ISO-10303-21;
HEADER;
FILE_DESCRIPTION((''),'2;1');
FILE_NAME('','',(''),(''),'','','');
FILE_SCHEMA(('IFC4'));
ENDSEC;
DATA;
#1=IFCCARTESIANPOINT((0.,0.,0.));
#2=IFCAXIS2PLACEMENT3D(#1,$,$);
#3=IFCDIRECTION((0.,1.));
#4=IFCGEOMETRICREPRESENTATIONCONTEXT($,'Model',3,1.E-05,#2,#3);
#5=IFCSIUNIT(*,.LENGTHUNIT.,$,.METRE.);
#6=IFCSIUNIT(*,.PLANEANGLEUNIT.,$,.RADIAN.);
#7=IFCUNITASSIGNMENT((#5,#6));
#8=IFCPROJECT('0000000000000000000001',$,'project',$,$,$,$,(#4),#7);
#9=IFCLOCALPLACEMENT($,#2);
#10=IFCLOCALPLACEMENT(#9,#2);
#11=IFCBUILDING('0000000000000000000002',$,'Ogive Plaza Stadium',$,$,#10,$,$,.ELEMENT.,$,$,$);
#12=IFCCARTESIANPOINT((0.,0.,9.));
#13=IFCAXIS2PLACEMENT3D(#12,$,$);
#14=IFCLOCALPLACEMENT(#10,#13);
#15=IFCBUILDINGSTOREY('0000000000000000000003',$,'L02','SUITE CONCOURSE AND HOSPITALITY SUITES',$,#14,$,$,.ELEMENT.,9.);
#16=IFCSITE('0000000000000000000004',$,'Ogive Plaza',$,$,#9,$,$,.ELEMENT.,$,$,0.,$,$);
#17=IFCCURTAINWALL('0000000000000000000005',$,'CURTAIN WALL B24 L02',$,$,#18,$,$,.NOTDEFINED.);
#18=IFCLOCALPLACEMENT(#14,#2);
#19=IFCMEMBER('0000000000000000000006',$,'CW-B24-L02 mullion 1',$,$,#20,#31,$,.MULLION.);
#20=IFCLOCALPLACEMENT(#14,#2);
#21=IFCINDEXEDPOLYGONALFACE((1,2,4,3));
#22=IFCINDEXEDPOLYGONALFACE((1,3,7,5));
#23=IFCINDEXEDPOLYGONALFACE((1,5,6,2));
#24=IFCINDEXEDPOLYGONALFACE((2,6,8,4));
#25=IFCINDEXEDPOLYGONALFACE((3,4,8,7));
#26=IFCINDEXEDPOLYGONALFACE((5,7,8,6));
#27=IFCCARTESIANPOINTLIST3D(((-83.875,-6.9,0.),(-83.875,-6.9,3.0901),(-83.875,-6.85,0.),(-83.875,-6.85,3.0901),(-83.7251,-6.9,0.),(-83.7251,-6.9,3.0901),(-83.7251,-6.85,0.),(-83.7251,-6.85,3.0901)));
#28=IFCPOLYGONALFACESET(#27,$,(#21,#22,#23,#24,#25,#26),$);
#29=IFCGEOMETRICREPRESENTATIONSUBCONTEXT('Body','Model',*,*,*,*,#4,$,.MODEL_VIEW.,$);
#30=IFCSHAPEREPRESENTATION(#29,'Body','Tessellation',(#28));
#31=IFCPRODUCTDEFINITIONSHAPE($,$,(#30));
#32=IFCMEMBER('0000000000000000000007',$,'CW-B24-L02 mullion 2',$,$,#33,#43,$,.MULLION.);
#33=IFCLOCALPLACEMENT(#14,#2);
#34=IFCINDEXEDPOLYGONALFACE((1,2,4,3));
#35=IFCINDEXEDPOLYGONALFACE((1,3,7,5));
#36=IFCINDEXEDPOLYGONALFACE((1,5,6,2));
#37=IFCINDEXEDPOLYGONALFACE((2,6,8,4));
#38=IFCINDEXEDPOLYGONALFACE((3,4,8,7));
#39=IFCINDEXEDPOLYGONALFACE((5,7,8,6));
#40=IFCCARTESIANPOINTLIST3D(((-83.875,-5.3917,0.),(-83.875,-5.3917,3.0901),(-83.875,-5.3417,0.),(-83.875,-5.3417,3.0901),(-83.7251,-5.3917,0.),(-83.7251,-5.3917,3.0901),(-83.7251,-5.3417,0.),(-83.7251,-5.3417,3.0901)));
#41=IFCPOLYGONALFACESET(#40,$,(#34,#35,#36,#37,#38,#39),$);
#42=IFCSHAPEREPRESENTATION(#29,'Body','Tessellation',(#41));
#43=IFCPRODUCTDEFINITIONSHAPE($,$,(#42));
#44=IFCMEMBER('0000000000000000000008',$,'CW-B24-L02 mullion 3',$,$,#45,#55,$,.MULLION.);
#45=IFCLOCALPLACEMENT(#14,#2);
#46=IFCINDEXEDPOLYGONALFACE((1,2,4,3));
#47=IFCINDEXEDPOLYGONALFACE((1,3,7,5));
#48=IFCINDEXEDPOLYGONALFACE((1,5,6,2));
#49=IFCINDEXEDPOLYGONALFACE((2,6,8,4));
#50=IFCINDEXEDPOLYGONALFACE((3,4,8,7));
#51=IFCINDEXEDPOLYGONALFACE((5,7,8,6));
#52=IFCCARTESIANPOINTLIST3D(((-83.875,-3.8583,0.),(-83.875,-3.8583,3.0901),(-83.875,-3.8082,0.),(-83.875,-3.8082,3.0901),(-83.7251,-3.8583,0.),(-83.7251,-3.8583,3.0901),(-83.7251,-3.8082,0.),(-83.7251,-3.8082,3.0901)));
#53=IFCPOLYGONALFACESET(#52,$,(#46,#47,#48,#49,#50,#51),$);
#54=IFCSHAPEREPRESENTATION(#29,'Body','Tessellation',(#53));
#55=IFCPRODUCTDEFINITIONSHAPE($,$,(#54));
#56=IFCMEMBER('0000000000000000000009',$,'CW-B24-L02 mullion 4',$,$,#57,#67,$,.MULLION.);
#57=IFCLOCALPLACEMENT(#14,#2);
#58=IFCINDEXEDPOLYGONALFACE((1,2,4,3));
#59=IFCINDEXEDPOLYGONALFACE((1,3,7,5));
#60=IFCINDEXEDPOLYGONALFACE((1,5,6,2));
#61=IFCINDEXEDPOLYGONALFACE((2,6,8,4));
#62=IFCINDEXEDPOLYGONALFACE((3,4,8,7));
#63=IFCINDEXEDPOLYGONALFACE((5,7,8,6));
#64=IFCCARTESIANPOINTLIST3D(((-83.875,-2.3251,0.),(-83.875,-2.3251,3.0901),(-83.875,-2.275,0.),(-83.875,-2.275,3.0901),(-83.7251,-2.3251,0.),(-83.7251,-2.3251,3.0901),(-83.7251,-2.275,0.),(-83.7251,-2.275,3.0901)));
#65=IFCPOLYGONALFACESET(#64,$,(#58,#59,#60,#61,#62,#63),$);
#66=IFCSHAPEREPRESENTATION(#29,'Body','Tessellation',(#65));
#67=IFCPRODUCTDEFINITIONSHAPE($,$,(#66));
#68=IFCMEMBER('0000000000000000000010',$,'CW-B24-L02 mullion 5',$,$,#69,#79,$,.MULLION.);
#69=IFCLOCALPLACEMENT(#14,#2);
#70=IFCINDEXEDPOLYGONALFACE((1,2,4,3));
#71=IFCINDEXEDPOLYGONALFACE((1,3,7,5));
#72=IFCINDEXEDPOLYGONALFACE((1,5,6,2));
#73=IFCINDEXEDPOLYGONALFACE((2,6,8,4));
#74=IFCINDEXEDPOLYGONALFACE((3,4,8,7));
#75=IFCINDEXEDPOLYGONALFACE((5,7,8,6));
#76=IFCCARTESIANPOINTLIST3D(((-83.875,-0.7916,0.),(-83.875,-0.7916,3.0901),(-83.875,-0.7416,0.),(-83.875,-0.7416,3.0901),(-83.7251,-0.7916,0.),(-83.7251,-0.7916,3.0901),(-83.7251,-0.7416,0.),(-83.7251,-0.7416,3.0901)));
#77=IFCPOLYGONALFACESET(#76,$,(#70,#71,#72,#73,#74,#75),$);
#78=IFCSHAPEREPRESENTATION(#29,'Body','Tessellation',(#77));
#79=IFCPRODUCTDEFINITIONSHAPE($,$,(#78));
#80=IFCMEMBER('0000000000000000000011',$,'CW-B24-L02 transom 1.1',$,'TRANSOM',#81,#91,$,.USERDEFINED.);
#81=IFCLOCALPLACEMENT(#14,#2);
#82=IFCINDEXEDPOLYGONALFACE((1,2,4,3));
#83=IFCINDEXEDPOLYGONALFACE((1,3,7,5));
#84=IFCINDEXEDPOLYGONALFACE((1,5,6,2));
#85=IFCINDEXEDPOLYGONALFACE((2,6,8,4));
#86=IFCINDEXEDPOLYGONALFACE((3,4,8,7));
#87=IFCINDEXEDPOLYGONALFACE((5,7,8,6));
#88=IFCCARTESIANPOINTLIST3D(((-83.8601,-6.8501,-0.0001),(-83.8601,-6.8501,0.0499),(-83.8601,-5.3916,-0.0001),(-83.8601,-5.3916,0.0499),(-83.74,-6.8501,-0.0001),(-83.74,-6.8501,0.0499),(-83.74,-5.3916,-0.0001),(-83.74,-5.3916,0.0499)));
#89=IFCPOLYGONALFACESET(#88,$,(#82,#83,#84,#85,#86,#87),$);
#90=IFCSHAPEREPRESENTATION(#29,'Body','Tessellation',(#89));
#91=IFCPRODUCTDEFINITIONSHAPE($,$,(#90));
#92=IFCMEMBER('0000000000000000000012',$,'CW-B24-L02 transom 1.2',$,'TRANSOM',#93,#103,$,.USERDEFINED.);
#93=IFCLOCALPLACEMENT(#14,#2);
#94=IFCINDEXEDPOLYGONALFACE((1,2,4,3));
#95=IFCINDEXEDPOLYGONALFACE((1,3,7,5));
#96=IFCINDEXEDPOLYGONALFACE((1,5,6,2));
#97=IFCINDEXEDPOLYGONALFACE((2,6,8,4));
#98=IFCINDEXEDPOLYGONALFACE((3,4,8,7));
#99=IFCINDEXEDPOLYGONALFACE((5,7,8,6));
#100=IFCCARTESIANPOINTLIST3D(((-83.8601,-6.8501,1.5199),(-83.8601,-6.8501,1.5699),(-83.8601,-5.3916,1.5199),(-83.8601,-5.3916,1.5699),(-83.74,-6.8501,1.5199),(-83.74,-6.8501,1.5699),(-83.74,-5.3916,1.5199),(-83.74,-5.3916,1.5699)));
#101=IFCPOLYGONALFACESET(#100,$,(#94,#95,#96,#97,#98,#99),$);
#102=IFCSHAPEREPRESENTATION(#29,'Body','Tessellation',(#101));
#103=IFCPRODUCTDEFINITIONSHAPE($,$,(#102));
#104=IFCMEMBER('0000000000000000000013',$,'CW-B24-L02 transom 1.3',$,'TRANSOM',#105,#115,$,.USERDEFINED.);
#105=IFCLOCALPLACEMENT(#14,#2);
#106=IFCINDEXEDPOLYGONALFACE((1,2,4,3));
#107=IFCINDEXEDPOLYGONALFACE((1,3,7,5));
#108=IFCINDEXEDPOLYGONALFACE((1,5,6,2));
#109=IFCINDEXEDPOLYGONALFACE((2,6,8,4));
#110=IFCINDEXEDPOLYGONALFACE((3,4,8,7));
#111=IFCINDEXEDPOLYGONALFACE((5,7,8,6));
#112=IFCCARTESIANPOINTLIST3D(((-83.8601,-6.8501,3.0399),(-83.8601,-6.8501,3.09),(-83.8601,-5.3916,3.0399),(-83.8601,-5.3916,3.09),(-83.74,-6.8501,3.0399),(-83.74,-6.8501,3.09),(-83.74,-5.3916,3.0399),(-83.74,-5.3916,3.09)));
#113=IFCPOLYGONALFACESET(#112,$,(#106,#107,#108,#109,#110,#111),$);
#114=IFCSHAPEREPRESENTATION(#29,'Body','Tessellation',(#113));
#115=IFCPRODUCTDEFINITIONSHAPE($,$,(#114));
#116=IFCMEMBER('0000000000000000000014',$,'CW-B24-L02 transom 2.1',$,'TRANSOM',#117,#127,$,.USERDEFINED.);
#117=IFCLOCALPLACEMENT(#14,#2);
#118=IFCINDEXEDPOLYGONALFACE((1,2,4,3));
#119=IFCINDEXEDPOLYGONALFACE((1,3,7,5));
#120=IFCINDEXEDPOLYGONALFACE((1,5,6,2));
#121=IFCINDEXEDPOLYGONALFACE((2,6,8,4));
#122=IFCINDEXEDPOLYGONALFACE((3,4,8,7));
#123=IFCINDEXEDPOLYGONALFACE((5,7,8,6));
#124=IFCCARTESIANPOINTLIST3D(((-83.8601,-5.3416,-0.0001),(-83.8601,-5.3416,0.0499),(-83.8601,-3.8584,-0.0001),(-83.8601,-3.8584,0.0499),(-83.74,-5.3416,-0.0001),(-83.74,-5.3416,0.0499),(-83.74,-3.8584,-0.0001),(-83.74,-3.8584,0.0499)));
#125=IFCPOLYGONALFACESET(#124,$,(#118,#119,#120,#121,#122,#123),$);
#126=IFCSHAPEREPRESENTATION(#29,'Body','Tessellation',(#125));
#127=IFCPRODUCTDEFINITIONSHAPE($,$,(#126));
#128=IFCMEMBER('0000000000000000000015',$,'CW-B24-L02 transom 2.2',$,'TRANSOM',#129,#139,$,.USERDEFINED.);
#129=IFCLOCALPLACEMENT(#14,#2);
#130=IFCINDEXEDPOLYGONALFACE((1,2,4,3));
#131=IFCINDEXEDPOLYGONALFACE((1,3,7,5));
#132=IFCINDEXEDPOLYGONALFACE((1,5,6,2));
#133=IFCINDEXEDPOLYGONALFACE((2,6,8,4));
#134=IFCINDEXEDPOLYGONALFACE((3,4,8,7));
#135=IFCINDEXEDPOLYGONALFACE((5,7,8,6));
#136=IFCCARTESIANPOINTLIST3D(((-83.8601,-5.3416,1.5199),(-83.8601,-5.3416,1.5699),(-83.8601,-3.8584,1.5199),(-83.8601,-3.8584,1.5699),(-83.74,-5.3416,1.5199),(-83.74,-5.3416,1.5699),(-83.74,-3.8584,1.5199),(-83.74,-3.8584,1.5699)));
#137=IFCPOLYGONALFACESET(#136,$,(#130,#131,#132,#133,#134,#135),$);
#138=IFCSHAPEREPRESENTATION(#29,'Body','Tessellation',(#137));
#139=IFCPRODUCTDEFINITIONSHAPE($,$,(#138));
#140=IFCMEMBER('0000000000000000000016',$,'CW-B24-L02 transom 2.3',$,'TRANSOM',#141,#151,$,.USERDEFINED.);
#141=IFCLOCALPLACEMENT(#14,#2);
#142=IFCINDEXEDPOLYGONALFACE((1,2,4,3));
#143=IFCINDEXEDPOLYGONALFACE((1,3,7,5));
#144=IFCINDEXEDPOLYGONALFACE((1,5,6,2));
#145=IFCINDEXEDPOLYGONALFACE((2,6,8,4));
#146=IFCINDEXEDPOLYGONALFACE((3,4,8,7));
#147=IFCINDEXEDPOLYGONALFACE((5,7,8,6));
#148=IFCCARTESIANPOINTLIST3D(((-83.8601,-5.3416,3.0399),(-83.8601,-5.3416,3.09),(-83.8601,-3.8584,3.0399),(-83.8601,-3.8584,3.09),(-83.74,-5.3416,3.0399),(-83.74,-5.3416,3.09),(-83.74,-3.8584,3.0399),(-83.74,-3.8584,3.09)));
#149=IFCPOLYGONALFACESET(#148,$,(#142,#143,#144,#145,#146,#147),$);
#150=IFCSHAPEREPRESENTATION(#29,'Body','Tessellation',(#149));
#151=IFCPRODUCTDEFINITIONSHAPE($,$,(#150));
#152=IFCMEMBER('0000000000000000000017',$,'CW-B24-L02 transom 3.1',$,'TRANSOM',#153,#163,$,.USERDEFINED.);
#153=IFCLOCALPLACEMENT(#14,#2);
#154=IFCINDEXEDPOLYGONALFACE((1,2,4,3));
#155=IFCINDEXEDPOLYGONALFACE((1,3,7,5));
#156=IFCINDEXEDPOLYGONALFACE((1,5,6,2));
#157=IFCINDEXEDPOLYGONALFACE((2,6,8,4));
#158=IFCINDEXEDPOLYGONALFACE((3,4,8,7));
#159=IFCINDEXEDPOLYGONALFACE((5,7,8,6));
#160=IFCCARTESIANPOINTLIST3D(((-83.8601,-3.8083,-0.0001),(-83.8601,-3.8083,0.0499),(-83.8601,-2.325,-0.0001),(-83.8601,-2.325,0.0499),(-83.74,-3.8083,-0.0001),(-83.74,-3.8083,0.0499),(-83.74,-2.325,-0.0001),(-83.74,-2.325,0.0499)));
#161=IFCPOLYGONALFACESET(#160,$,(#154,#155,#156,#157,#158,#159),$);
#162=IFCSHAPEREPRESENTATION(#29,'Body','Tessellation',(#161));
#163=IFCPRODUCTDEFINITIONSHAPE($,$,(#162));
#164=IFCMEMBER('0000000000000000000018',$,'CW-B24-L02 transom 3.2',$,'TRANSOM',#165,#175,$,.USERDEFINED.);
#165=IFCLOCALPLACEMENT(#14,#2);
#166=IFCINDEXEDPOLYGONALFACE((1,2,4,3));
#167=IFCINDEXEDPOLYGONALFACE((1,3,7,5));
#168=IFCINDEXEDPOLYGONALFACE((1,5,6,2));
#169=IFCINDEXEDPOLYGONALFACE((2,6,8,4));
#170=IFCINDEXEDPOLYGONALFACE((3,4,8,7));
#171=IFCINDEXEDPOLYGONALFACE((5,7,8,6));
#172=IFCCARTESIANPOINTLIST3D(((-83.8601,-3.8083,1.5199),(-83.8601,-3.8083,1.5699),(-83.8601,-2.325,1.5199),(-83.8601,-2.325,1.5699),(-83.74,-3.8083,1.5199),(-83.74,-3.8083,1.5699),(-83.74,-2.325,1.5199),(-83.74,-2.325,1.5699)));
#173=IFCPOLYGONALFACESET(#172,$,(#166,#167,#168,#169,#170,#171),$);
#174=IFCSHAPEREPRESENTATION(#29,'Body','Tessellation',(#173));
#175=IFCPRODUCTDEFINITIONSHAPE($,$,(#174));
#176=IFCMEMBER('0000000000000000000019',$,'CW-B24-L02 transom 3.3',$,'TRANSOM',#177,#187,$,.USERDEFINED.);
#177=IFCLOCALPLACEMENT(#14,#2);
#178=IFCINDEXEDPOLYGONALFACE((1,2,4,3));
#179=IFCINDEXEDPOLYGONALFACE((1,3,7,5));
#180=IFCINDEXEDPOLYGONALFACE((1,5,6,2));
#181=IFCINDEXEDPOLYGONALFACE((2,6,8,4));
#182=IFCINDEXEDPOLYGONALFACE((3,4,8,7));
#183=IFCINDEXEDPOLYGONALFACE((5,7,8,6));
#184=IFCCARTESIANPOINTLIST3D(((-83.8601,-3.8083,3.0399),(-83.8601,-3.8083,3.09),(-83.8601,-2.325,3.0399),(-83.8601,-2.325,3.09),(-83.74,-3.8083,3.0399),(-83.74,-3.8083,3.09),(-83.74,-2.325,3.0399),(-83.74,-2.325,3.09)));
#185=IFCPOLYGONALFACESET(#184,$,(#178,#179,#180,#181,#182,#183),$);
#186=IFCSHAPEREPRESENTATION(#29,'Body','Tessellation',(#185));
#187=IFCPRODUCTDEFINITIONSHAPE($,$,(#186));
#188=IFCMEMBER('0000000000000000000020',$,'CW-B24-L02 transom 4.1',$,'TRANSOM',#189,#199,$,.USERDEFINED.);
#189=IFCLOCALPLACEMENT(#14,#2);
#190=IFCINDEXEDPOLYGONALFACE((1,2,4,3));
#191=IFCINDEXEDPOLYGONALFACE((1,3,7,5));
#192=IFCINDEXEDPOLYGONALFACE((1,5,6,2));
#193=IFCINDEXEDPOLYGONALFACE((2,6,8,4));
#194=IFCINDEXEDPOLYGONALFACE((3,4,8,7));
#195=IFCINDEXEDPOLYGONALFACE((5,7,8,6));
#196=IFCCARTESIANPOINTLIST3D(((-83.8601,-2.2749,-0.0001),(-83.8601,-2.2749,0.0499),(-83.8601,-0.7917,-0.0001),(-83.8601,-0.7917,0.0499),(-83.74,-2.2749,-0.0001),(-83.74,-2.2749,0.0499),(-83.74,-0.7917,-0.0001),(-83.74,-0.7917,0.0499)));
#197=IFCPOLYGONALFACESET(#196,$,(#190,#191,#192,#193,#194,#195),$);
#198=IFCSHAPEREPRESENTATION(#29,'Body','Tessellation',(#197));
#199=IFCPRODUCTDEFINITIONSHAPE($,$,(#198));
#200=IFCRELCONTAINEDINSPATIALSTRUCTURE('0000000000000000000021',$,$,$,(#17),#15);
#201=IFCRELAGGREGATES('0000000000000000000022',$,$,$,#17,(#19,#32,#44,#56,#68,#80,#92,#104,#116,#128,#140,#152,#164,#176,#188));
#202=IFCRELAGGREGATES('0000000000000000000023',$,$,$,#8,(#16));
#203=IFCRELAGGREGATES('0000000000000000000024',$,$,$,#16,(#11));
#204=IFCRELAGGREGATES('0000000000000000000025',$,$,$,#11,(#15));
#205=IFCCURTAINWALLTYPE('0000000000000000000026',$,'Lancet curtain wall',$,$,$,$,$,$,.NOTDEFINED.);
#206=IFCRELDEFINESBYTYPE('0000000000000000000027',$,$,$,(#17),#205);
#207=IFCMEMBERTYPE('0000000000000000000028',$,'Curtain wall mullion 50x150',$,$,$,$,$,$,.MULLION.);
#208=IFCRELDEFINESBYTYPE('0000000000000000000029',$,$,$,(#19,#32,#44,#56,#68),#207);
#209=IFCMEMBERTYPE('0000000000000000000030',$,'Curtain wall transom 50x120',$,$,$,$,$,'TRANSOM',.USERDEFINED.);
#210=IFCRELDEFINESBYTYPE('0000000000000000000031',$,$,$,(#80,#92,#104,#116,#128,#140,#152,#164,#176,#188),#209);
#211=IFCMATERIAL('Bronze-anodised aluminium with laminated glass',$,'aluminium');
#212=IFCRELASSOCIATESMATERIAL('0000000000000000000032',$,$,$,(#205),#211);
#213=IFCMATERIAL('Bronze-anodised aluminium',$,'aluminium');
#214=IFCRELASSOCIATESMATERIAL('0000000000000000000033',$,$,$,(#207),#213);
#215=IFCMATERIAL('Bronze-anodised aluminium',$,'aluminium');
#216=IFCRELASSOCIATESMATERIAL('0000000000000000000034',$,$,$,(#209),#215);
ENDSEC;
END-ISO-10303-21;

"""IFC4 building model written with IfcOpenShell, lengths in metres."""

from ifc_helpers import new_model, si_unit, direction, frame, origin, origin_2d, place, context, subcontext, project, spatial, rectangle, extrude, material, material_profile, profile_set, type_object, element, aggregate, save


model = new_model("IFC4")

# Units and contexts
model_context = context("Model", 3, precision=1e-05, world=origin(), true_north=direction((0.0, 1.0)))
body_context = subcontext(model_context, "Body", "Model", "MODEL_VIEW")
ifc_project = project(units=[si_unit("LENGTHUNIT", "METRE"), si_unit("PLANEANGLEUNIT", "RADIAN")], contexts=[model_context])

# Site, building, storey
site_placement = place(None, origin())
site = spatial("IfcSite", under=ifc_project, at=site_placement, Name="Ogive Plaza", CompositionType="ELEMENT", RefElevation=0.0)
building_placement = place(site_placement, origin())
building = spatial("IfcBuilding", under=site, at=building_placement, Name="Ogive Plaza Stadium", CompositionType="ELEMENT")
storey_placement = place(building_placement, frame((0.0, 0.0, 9.0)))
storey = spatial("IfcBuildingStorey", under=building, at=storey_placement, Name="L02", Description="SUITE CONCOURSE AND HOSPITALITY SUITES", CompositionType="ELEMENT", Elevation=9.0)

# Curtain wall, members
ifc_material_1 = material(Name="Bronze-anodised aluminium with laminated glass", Category="aluminium")
curtain_wall_type = type_object("IfcCurtainWallType", Name="Lancet curtain wall", PredefinedType="NOTDEFINED", material=ifc_material_1)
curtain_wall_placement = place(storey_placement, origin())
curtain_wall = element("IfcCurtainWall", 1, at=curtain_wall_placement, inside=storey, type_object=curtain_wall_type, Name="CURTAIN WALL B24 L02", PredefinedType="NOTDEFINED")
ifc_material_2 = material(Name="Bronze-anodised aluminium", Category="aluminium")
ifc_material_profile_1 = material_profile(ifc_material_2, rectangle(XDim=0.1499, YDim=0.05, at=origin_2d()), Name="AL 150x50")
ifc_profile_set_1 = profile_set([ifc_material_profile_1], Name="Bronze-anodised aluminium")
member_type_1 = type_object("IfcMemberType", Name="Curtain wall mullion 50x150", PredefinedType="MULLION", material=ifc_profile_set_1)
member_1_placement = place(storey_placement, frame((-83.8, -6.875, 0.0), z_axis=(0.0, 0.0, 1.0), x_axis=(-1.0, 0.0, 0.0)))
member_1 = element("IfcMember", 2, at=member_1_placement, type_object=member_type_1, Name="CW-B24-L02 mullion 1", PredefinedType="MULLION", context=body_context, shape_type="SweptSolid", body=[
    extrude(rectangle(XDim=0.1499, YDim=0.05, at=origin_2d()), origin(), (0.0, 0.0, 1.0), 3.0901),
])
member_2_placement = place(storey_placement, frame((-83.8, -5.3667, 0.0), z_axis=(0.0, 0.0, 1.0), x_axis=(-1.0, 0.0, 0.0)))
member_2 = element("IfcMember", 3, at=member_2_placement, type_object=member_type_1, Name="CW-B24-L02 mullion 2", PredefinedType="MULLION", context=body_context, shape_type="SweptSolid", body=[
    extrude(rectangle(XDim=0.1499, YDim=0.05, at=origin_2d()), origin(), (0.0, 0.0, 1.0), 3.0901),
])
member_3_placement = place(storey_placement, frame((-83.8, -3.8333, 0.0), z_axis=(0.0, 0.0, 1.0), x_axis=(-1.0, 0.0, 0.0)))
member_3 = element("IfcMember", 4, at=member_3_placement, type_object=member_type_1, Name="CW-B24-L02 mullion 3", PredefinedType="MULLION", context=body_context, shape_type="SweptSolid", body=[
    extrude(rectangle(XDim=0.1499, YDim=0.05, at=origin_2d()), origin(), (0.0, 0.0, 1.0), 3.0901),
])
member_4_placement = place(storey_placement, frame((-83.8, -2.3, 0.0), z_axis=(0.0, 0.0, 1.0), x_axis=(-1.0, 0.0, 0.0)))
member_4 = element("IfcMember", 5, at=member_4_placement, type_object=member_type_1, Name="CW-B24-L02 mullion 4", PredefinedType="MULLION", context=body_context, shape_type="SweptSolid", body=[
    extrude(rectangle(XDim=0.1499, YDim=0.05, at=origin_2d()), origin(), (0.0, 0.0, 1.0), 3.0901),
])
member_5_placement = place(storey_placement, frame((-83.8, -0.7666, 0.0), z_axis=(0.0, 0.0, 1.0), x_axis=(-1.0, 0.0, 0.0)))
member_5 = element("IfcMember", 6, at=member_5_placement, type_object=member_type_1, Name="CW-B24-L02 mullion 5", PredefinedType="MULLION", context=body_context, shape_type="SweptSolid", body=[
    extrude(rectangle(XDim=0.1499, YDim=0.05, at=origin_2d()), origin(), (0.0, 0.0, 1.0), 3.0901),
])
ifc_material_3 = material(Name="Bronze-anodised aluminium", Category="aluminium")
ifc_material_profile_2 = material_profile(ifc_material_3, rectangle(XDim=0.1201, YDim=0.05, at=origin_2d()), Name="AL 120x50")
ifc_profile_set_2 = profile_set([ifc_material_profile_2], Name="Bronze-anodised aluminium")
member_type_2 = type_object("IfcMemberType", Name="Curtain wall transom 50x120", ElementType="TRANSOM", PredefinedType="USERDEFINED", material=ifc_profile_set_2)
member_6_placement = place(storey_placement, frame((-83.8, -6.8501, 0.0249), z_axis=(0.0, 1.0, 0.0), x_axis=(-1.0, 0.0, 0.0)))
member_6 = element("IfcMember", 7, at=member_6_placement, type_object=member_type_2, Name="CW-B24-L02 transom 1.1", ObjectType="TRANSOM", PredefinedType="USERDEFINED", context=body_context, shape_type="SweptSolid", body=[
    extrude(rectangle(XDim=0.1201, YDim=0.05, at=origin_2d()), origin(), (0.0, 0.0, 1.0), 1.4585),
])
member_7_placement = place(storey_placement, frame((-83.8, -6.8501, 1.5449), z_axis=(0.0, 1.0, 0.0), x_axis=(-1.0, 0.0, 0.0)))
member_7 = element("IfcMember", 8, at=member_7_placement, type_object=member_type_2, Name="CW-B24-L02 transom 1.2", ObjectType="TRANSOM", PredefinedType="USERDEFINED", context=body_context, shape_type="SweptSolid", body=[
    extrude(rectangle(XDim=0.1201, YDim=0.05, at=origin_2d()), origin(), (0.0, 0.0, 1.0), 1.4585),
])
member_8_placement = place(storey_placement, frame((-83.8, -6.8501, 3.0649), z_axis=(0.0, 1.0, 0.0), x_axis=(-1.0, 0.0, 0.0)))
member_8 = element("IfcMember", 9, at=member_8_placement, type_object=member_type_2, Name="CW-B24-L02 transom 1.3", ObjectType="TRANSOM", PredefinedType="USERDEFINED", context=body_context, shape_type="SweptSolid", body=[
    extrude(rectangle(XDim=0.1201, YDim=0.05, at=origin_2d()), origin(), (0.0, 0.0, 1.0), 1.4585),
])
member_9_placement = place(storey_placement, frame((-83.8, -5.3416, 0.0249), z_axis=(0.0, 1.0, 0.0), x_axis=(-1.0, 0.0, 0.0)))
member_9 = element("IfcMember", 10, at=member_9_placement, type_object=member_type_2, Name="CW-B24-L02 transom 2.1", ObjectType="TRANSOM", PredefinedType="USERDEFINED", context=body_context, shape_type="SweptSolid", body=[
    extrude(rectangle(XDim=0.1201, YDim=0.05, at=origin_2d()), origin(), (0.0, 0.0, 1.0), 1.4832),
])
member_10_placement = place(storey_placement, frame((-83.8, -5.3416, 1.5449), z_axis=(0.0, 1.0, 0.0), x_axis=(-1.0, 0.0, 0.0)))
member_10 = element("IfcMember", 11, at=member_10_placement, type_object=member_type_2, Name="CW-B24-L02 transom 2.2", ObjectType="TRANSOM", PredefinedType="USERDEFINED", context=body_context, shape_type="SweptSolid", body=[
    extrude(rectangle(XDim=0.1201, YDim=0.05, at=origin_2d()), origin(), (0.0, 0.0, 1.0), 1.4832),
])
member_11_placement = place(storey_placement, frame((-83.8, -5.3416, 3.0649), z_axis=(0.0, 1.0, 0.0), x_axis=(-1.0, 0.0, 0.0)))
member_11 = element("IfcMember", 12, at=member_11_placement, type_object=member_type_2, Name="CW-B24-L02 transom 2.3", ObjectType="TRANSOM", PredefinedType="USERDEFINED", context=body_context, shape_type="SweptSolid", body=[
    extrude(rectangle(XDim=0.1201, YDim=0.05, at=origin_2d()), origin(), (0.0, 0.0, 1.0), 1.4832),
])
member_12_placement = place(storey_placement, frame((-83.8, -3.8083, 0.0249), z_axis=(0.0, 1.0, 0.0), x_axis=(-1.0, 0.0, 0.0)))
member_12 = element("IfcMember", 13, at=member_12_placement, type_object=member_type_2, Name="CW-B24-L02 transom 3.1", ObjectType="TRANSOM", PredefinedType="USERDEFINED", context=body_context, shape_type="SweptSolid", body=[
    extrude(rectangle(XDim=0.1201, YDim=0.05, at=origin_2d()), origin(), (0.0, 0.0, 1.0), 1.4834),
])
member_13_placement = place(storey_placement, frame((-83.8, -3.8083, 1.5449), z_axis=(0.0, 1.0, 0.0), x_axis=(-1.0, 0.0, 0.0)))
member_13 = element("IfcMember", 14, at=member_13_placement, type_object=member_type_2, Name="CW-B24-L02 transom 3.2", ObjectType="TRANSOM", PredefinedType="USERDEFINED", context=body_context, shape_type="SweptSolid", body=[
    extrude(rectangle(XDim=0.1201, YDim=0.05, at=origin_2d()), origin(), (0.0, 0.0, 1.0), 1.4834),
])
member_14_placement = place(storey_placement, frame((-83.8, -3.8083, 3.0649), z_axis=(0.0, 1.0, 0.0), x_axis=(-1.0, 0.0, 0.0)))
member_14 = element("IfcMember", 15, at=member_14_placement, type_object=member_type_2, Name="CW-B24-L02 transom 3.3", ObjectType="TRANSOM", PredefinedType="USERDEFINED", context=body_context, shape_type="SweptSolid", body=[
    extrude(rectangle(XDim=0.1201, YDim=0.05, at=origin_2d()), origin(), (0.0, 0.0, 1.0), 1.4834),
])
member_15_placement = place(storey_placement, frame((-83.8, -2.2749, 0.0249), z_axis=(0.0, 1.0, 0.0), x_axis=(-1.0, 0.0, 0.0)))
member_15 = element("IfcMember", 16, at=member_15_placement, type_object=member_type_2, Name="CW-B24-L02 transom 4.1", ObjectType="TRANSOM", PredefinedType="USERDEFINED", context=body_context, shape_type="SweptSolid", body=[
    extrude(rectangle(XDim=0.1201, YDim=0.05, at=origin_2d()), origin(), (0.0, 0.0, 1.0), 1.4832),
])
aggregate(curtain_wall, [member_1, member_2, member_3, member_4, member_5, member_6, member_7, member_8, member_9, member_10, member_11, member_12, member_13, member_14, member_15])

save(model, "model.ifc")
